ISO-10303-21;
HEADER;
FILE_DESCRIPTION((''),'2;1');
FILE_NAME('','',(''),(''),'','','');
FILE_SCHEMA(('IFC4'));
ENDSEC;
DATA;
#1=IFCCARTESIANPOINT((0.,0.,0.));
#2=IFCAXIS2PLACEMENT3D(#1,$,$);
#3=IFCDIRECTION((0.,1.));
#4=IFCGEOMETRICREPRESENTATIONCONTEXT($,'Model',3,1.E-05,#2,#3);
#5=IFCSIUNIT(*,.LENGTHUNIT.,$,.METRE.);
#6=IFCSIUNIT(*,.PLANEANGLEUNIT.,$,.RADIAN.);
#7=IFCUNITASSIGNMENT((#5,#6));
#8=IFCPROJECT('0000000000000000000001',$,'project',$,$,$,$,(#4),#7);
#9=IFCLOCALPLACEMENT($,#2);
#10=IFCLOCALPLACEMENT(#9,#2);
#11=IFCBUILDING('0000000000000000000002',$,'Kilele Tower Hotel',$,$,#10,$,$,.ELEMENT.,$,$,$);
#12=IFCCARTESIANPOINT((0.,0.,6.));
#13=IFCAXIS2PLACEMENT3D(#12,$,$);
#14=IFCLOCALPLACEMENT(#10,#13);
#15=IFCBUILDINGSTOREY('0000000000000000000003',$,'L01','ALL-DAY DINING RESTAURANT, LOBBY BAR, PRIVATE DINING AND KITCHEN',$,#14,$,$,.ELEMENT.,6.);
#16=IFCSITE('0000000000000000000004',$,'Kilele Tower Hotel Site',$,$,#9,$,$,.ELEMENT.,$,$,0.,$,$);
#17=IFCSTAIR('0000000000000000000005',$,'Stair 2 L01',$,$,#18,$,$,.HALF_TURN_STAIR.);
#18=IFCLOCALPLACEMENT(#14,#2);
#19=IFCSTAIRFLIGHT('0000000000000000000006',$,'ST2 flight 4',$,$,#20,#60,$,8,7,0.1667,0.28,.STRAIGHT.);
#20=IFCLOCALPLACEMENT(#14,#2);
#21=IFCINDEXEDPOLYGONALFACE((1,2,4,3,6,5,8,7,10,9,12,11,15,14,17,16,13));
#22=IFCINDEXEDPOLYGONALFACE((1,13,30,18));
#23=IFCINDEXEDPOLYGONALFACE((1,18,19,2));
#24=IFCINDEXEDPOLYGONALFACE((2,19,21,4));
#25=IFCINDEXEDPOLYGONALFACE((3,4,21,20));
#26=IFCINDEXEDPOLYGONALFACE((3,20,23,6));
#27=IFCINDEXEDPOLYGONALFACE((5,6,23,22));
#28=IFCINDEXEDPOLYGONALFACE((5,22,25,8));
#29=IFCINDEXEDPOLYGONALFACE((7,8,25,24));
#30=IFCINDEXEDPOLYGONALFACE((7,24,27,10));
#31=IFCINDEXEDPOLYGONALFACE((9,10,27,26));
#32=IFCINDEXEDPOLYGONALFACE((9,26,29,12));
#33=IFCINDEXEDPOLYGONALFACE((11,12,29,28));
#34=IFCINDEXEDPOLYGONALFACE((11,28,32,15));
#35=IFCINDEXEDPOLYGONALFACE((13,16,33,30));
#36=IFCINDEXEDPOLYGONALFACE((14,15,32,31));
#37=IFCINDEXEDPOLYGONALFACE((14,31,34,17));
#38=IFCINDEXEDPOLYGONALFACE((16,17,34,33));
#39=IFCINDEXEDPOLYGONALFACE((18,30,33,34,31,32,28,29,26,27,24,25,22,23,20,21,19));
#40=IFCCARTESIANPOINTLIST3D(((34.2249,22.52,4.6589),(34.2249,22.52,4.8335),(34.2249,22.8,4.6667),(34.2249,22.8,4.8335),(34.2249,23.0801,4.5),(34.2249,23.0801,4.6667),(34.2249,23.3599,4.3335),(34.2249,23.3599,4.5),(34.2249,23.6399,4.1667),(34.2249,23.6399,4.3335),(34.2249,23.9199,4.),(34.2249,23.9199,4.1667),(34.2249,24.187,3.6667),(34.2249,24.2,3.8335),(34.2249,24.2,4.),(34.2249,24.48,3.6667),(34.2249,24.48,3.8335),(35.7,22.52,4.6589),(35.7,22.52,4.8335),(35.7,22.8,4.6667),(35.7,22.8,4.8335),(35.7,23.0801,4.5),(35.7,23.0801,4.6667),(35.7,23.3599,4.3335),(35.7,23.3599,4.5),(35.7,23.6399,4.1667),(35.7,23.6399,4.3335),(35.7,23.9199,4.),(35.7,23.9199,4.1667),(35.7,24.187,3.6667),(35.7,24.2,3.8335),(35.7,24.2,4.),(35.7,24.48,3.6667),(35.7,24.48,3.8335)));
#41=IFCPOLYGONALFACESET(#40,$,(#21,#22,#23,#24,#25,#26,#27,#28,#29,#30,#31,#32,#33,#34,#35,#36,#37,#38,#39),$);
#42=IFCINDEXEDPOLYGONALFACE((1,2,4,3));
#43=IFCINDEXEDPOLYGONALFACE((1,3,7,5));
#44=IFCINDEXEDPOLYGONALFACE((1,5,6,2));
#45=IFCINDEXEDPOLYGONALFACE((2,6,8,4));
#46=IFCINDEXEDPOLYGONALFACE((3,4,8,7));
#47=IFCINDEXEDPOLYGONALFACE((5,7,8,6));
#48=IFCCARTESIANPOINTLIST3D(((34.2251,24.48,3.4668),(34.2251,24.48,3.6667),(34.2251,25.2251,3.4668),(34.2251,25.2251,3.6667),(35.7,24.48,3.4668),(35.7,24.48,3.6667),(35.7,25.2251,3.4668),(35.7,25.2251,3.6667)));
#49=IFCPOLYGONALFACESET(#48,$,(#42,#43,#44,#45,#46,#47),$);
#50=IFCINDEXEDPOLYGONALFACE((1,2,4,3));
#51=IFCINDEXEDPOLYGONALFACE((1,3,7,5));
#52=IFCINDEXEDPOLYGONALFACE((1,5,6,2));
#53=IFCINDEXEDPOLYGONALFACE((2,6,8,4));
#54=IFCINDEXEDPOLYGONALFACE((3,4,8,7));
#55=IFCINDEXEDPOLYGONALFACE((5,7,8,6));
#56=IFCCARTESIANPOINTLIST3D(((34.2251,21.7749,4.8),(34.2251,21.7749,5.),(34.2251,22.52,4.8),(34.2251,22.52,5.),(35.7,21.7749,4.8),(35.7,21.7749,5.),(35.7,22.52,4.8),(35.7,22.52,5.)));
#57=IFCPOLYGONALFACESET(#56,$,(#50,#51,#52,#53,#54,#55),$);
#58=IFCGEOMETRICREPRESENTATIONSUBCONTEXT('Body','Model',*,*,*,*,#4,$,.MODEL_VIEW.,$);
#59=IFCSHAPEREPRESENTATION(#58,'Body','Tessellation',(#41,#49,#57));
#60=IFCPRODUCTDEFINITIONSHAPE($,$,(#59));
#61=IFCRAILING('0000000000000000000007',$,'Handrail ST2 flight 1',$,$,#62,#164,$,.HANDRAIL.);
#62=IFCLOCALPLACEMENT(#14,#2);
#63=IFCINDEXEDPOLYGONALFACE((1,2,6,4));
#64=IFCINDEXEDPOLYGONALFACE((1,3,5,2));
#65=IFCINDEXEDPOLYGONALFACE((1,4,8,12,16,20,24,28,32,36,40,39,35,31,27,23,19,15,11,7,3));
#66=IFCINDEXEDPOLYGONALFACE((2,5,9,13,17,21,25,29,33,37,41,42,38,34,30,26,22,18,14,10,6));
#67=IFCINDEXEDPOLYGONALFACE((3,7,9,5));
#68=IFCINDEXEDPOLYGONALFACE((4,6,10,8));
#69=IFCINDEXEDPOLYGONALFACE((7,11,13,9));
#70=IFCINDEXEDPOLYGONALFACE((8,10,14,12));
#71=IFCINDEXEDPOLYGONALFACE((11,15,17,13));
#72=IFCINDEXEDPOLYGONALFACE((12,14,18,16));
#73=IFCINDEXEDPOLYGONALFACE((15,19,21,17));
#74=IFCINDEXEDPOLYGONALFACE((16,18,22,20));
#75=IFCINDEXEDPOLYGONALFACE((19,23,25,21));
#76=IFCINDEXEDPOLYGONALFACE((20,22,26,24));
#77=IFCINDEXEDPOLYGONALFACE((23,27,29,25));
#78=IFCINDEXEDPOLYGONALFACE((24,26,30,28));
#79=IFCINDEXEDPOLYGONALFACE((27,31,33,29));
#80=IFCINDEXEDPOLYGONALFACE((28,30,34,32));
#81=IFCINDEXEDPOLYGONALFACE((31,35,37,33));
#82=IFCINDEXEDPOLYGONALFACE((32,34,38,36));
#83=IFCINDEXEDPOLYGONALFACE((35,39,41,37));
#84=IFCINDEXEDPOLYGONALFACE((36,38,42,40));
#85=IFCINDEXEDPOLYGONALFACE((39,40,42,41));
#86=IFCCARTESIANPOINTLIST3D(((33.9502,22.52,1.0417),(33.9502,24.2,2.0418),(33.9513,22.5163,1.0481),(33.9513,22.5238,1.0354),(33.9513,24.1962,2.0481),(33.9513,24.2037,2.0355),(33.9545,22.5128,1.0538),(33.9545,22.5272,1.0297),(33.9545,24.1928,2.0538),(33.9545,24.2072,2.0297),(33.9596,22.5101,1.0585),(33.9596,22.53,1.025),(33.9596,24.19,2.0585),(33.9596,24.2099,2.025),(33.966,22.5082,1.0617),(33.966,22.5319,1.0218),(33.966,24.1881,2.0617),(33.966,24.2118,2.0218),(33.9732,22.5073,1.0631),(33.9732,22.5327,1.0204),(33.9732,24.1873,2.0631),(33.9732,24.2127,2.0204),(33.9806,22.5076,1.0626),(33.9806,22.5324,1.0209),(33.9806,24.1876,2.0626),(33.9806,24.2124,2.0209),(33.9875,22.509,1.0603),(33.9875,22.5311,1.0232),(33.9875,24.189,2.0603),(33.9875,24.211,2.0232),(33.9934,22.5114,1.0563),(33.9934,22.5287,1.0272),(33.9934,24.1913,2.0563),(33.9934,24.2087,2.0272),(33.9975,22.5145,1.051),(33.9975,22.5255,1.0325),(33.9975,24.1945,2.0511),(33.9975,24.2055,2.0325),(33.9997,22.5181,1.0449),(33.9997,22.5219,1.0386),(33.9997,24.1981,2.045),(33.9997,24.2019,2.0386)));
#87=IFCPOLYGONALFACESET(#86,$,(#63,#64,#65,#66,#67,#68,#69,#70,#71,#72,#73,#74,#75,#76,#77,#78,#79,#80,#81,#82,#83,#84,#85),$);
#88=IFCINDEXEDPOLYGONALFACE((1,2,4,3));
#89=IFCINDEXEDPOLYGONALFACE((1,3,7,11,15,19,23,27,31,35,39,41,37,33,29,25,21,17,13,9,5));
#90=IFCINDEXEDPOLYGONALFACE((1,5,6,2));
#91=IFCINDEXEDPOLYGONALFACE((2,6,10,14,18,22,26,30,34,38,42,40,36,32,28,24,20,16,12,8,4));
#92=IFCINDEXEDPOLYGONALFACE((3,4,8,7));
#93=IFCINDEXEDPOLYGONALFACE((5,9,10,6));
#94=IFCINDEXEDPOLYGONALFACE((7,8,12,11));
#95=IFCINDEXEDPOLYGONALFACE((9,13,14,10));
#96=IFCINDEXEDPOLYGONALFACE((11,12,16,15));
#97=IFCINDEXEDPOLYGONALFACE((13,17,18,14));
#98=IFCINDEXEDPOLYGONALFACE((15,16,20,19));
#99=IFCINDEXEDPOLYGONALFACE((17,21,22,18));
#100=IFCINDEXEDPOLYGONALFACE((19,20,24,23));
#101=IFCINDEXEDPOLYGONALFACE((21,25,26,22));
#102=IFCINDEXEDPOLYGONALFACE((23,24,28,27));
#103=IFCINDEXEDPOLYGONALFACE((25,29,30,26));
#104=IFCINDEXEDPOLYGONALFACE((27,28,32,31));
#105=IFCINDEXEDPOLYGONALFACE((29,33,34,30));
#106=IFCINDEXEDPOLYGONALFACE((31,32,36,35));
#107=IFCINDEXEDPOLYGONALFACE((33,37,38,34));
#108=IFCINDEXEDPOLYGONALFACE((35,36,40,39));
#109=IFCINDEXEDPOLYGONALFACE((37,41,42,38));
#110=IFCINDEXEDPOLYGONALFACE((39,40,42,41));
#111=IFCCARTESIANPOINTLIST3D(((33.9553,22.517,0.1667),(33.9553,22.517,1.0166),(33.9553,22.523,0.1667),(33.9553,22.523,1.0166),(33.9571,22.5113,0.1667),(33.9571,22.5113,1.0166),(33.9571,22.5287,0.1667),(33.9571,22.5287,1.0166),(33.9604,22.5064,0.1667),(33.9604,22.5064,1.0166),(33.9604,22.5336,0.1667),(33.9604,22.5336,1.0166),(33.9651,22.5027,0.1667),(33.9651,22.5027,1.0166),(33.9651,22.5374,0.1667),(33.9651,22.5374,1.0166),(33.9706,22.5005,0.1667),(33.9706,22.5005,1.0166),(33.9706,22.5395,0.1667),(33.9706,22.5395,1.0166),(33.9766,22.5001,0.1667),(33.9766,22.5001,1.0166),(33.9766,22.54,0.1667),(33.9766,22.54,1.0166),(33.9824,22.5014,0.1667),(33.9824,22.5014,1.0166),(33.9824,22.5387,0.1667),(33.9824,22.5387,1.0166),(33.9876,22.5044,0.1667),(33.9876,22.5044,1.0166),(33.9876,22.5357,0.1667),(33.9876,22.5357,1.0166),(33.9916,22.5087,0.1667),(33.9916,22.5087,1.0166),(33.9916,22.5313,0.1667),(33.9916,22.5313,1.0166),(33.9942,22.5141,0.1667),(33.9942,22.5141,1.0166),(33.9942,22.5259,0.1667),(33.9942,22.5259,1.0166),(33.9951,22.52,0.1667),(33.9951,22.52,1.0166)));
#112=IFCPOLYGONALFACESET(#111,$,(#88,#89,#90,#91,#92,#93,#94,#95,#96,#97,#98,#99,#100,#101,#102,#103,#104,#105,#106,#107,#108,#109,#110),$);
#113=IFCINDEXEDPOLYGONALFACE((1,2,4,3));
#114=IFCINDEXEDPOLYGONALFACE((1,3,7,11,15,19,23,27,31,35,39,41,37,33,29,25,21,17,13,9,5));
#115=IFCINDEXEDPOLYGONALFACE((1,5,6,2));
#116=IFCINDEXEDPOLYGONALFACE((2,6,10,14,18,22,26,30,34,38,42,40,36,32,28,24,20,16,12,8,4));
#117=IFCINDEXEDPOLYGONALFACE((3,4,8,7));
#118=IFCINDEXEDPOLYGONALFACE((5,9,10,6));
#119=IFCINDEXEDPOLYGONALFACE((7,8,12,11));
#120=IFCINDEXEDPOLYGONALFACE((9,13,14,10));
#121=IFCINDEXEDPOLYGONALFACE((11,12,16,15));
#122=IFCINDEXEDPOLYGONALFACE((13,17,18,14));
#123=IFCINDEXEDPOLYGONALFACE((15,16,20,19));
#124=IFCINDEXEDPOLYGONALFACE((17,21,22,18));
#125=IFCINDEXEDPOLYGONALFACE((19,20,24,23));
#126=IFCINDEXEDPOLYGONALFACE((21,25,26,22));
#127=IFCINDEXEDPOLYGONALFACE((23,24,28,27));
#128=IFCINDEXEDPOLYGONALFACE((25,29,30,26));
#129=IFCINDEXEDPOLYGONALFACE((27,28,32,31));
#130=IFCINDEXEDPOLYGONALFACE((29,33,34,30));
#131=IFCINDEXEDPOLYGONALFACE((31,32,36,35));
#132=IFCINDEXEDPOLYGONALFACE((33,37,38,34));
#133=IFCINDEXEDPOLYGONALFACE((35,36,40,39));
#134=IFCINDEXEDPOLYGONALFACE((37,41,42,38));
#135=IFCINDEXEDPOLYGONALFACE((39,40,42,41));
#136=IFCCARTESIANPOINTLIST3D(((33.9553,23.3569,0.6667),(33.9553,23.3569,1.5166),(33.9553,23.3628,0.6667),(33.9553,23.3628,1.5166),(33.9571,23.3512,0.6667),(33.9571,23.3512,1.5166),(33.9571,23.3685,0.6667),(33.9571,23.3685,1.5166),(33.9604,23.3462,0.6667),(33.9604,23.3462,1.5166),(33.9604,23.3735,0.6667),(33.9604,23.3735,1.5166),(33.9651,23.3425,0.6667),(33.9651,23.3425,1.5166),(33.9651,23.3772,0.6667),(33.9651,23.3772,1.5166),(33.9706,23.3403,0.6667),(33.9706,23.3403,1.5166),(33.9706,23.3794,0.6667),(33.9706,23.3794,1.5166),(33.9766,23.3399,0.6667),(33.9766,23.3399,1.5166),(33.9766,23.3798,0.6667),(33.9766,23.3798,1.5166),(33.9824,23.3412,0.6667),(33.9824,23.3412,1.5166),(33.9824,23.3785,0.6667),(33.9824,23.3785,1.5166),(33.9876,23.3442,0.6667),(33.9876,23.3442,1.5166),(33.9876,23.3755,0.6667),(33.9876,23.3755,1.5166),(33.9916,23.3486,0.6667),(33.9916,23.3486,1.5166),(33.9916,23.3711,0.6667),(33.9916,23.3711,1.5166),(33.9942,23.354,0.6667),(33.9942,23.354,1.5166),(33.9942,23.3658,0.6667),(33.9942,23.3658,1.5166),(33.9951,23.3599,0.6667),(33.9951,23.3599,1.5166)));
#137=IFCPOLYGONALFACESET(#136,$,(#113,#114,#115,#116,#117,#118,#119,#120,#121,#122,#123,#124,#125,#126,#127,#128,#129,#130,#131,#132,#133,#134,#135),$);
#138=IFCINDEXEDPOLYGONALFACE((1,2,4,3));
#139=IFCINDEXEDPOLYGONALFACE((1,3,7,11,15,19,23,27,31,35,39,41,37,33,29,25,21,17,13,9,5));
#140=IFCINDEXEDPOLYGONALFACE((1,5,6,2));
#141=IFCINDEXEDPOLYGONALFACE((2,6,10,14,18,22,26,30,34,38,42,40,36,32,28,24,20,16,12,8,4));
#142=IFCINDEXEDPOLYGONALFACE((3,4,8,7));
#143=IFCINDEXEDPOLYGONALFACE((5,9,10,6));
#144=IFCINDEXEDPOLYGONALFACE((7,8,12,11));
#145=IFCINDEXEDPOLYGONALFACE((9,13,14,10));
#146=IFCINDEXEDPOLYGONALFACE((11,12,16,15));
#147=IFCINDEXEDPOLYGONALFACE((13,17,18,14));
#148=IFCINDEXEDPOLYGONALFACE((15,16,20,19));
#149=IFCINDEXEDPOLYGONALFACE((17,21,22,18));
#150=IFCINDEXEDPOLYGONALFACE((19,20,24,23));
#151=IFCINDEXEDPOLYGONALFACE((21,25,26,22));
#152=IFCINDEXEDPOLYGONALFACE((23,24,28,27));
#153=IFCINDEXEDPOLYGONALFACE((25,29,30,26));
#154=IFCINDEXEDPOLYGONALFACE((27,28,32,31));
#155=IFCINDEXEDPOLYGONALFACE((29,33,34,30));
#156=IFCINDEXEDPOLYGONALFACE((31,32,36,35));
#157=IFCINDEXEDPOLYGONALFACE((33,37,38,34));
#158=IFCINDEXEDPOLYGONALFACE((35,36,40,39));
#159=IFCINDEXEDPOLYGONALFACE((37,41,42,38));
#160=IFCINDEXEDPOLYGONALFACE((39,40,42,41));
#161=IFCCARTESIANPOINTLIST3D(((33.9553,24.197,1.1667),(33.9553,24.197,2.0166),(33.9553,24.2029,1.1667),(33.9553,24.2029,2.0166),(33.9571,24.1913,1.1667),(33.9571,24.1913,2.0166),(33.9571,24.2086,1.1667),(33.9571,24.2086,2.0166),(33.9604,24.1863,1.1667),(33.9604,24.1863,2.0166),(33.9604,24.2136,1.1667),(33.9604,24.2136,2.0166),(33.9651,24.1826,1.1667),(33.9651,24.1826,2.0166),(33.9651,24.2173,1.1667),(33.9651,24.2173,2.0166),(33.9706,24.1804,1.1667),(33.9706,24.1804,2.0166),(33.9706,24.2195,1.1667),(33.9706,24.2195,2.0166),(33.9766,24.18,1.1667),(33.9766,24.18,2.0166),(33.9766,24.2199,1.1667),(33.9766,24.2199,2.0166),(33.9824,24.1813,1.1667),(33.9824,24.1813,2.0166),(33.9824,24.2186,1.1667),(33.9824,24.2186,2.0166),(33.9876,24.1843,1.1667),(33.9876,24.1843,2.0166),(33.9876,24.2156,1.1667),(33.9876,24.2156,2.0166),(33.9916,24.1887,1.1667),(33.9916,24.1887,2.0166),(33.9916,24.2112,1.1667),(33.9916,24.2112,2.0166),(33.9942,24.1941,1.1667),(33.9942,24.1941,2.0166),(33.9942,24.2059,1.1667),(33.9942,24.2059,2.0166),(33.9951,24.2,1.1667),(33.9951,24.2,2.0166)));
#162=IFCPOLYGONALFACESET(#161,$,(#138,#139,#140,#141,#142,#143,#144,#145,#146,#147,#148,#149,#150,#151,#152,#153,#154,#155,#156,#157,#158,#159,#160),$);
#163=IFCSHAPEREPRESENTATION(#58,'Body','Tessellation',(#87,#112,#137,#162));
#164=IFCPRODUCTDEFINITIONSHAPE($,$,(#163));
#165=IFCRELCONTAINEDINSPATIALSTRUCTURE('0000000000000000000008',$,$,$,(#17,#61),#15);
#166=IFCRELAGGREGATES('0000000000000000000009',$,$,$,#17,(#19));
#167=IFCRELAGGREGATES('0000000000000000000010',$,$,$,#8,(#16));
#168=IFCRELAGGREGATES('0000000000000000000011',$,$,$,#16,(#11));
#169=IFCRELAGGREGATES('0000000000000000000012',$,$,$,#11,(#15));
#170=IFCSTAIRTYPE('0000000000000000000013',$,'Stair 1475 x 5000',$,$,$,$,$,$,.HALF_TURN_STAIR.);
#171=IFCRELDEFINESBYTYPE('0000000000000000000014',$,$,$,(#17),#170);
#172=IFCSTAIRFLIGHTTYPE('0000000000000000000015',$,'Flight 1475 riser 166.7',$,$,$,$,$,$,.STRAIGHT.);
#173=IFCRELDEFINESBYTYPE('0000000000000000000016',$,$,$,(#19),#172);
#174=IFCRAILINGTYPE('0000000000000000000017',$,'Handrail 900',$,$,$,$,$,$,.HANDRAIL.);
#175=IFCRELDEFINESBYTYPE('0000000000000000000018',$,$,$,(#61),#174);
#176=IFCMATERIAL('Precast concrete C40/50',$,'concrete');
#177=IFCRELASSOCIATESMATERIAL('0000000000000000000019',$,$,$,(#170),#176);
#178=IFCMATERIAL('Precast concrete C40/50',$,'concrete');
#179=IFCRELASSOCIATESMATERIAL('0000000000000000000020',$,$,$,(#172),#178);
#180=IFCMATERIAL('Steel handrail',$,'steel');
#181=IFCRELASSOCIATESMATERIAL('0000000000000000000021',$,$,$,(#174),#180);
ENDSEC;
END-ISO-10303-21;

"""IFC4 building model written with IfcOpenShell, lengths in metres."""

from ifc_helpers import new_model, si_unit, direction, frame, origin, origin_2d, place, context, subcontext, project, spatial, polyline, circle, outline, extrude, material, type_object, element, aggregate, save


model = new_model("IFC4")

# Units and contexts
model_context = context("Model", 3, precision=1e-05, world=origin(), true_north=direction((0.0, 1.0)))
body_context = subcontext(model_context, "Body", "Model", "MODEL_VIEW")
ifc_project = project(units=[si_unit("LENGTHUNIT", "METRE"), si_unit("PLANEANGLEUNIT", "RADIAN")], contexts=[model_context])

# Site, building, storey
site_placement = place(None, origin())
site = spatial("IfcSite", under=ifc_project, at=site_placement, Name="Kilele Tower Hotel Site", CompositionType="ELEMENT", RefElevation=0.0)
building_placement = place(site_placement, origin())
building = spatial("IfcBuilding", under=site, at=building_placement, Name="Kilele Tower Hotel", CompositionType="ELEMENT")
storey_placement = place(building_placement, frame((0.0, 0.0, 6.0)))
storey = spatial("IfcBuildingStorey", under=building, at=storey_placement, Name="L01", Description="ALL-DAY DINING RESTAURANT, LOBBY BAR, PRIVATE DINING AND KITCHEN", CompositionType="ELEMENT", Elevation=6.0)

# Stair, stair flight
ifc_material_1 = material(Name="Precast concrete C40/50", Category="concrete")
stair_type = type_object("IfcStairType", Name="Stair 1475 x 5000", PredefinedType="HALF_TURN_STAIR", material=ifc_material_1)
stair_placement = place(storey_placement, origin())
stair = element("IfcStair", 1, at=stair_placement, inside=storey, type_object=stair_type, Name="Stair 2 L01", PredefinedType="HALF_TURN_STAIR")
ifc_material_2 = material(Name="Precast concrete C40/50", Category="concrete")
stair_flight_type = type_object("IfcStairFlightType", Name="Flight 1475 riser 166.7", PredefinedType="STRAIGHT", material=ifc_material_2)
stair_flight_1_placement = place(storey_placement, frame((34.9624, 24.48, 3.6667), z_axis=(0.0, 0.0, 1.0), x_axis=(0.0, -1.0, 0.0)))
stair_flight_1 = element("IfcStairFlight", 2, at=stair_flight_1_placement, type_object=stair_flight_type, Name="ST2 flight 4", NumberOfRisers=8, NumberOfTreads=7, PredefinedType="STRAIGHT", RiserHeight=0.1667, TreadLength=0.28, context=body_context, shape_type="SweptSolid", body=[
    extrude(outline(polyline([(0.0, 0.0), (0.0, 0.1667), (0.28, 0.1667), (0.28, 0.3333), (0.5601, 0.3333), (0.5601, 0.5), (0.8401, 0.5), (0.8401, 0.6667), (1.1201, 0.6667), (1.1201, 0.8333), (1.3999, 0.8333), (1.3999, 1.0), (1.6799, 1.0), (1.6799, 1.1667), (1.96, 1.1667), (1.96, 1.3333), (1.96, 0.9922), (0.293, 0.0), (0.0, 0.0)])), frame((0.0, 0.7375, 0.0), z_axis=(0.0, -1.0, 0.0), x_axis=(1.0, 0.0, 0.0)), (0.0, 0.0, 1.0), 1.4751),
    extrude(outline(polyline([(0.0, -0.7373), (0.0, 0.7375), (-0.7451, 0.7375), (-0.7451, -0.7373), (0.0, -0.7373)])), frame((0.0, 0.0, -0.2)), (0.0, 0.0, 1.0), 0.2),
    extrude(outline(polyline([(2.7051, -0.7373), (2.7051, 0.7375), (1.96, 0.7375), (1.96, -0.7373), (2.7051, -0.7373)])), frame((0.0, 0.0, 1.1333)), (0.0, 0.0, 1.0), 0.2),
])
aggregate(stair, [stair_flight_1])

# Railing
ifc_material_3 = material(Name="Steel handrail", Category="steel")
railing_type_1 = type_object("IfcRailingType", Name="Handrail 900", PredefinedType="HANDRAIL", material=ifc_material_3)
railing_1_placement = place(storey_placement, frame((33.9751, 22.52, 0.1667)))
element("IfcRailing", 3, at=railing_1_placement, inside=storey, type_object=railing_type_1, Name="Handrail ST2 flight 1", PredefinedType="HANDRAIL", context=body_context, shape_type="SweptSolid", body=[
    extrude(circle(Radius=0.0249, at=origin_2d()), frame((0.0, 0.0, 0.875), z_axis=(0.0, 0.859284, 0.511499), x_axis=(-1.0, 0.0, 0.0)), (0.0, 0.0, 1.0), 1.9551),
    extrude(circle(Radius=0.02, at=origin_2d()), origin(), (0.0, 0.0, 1.0), 0.8499),
    extrude(circle(Radius=0.02, at=origin_2d()), frame((0.0, 0.8398, 0.5)), (0.0, 0.0, 1.0), 0.8499),
    extrude(circle(Radius=0.02, at=origin_2d()), frame((0.0, 1.6799, 1.0)), (0.0, 0.0, 1.0), 0.8499),
])

save(model, "model.ifc")
